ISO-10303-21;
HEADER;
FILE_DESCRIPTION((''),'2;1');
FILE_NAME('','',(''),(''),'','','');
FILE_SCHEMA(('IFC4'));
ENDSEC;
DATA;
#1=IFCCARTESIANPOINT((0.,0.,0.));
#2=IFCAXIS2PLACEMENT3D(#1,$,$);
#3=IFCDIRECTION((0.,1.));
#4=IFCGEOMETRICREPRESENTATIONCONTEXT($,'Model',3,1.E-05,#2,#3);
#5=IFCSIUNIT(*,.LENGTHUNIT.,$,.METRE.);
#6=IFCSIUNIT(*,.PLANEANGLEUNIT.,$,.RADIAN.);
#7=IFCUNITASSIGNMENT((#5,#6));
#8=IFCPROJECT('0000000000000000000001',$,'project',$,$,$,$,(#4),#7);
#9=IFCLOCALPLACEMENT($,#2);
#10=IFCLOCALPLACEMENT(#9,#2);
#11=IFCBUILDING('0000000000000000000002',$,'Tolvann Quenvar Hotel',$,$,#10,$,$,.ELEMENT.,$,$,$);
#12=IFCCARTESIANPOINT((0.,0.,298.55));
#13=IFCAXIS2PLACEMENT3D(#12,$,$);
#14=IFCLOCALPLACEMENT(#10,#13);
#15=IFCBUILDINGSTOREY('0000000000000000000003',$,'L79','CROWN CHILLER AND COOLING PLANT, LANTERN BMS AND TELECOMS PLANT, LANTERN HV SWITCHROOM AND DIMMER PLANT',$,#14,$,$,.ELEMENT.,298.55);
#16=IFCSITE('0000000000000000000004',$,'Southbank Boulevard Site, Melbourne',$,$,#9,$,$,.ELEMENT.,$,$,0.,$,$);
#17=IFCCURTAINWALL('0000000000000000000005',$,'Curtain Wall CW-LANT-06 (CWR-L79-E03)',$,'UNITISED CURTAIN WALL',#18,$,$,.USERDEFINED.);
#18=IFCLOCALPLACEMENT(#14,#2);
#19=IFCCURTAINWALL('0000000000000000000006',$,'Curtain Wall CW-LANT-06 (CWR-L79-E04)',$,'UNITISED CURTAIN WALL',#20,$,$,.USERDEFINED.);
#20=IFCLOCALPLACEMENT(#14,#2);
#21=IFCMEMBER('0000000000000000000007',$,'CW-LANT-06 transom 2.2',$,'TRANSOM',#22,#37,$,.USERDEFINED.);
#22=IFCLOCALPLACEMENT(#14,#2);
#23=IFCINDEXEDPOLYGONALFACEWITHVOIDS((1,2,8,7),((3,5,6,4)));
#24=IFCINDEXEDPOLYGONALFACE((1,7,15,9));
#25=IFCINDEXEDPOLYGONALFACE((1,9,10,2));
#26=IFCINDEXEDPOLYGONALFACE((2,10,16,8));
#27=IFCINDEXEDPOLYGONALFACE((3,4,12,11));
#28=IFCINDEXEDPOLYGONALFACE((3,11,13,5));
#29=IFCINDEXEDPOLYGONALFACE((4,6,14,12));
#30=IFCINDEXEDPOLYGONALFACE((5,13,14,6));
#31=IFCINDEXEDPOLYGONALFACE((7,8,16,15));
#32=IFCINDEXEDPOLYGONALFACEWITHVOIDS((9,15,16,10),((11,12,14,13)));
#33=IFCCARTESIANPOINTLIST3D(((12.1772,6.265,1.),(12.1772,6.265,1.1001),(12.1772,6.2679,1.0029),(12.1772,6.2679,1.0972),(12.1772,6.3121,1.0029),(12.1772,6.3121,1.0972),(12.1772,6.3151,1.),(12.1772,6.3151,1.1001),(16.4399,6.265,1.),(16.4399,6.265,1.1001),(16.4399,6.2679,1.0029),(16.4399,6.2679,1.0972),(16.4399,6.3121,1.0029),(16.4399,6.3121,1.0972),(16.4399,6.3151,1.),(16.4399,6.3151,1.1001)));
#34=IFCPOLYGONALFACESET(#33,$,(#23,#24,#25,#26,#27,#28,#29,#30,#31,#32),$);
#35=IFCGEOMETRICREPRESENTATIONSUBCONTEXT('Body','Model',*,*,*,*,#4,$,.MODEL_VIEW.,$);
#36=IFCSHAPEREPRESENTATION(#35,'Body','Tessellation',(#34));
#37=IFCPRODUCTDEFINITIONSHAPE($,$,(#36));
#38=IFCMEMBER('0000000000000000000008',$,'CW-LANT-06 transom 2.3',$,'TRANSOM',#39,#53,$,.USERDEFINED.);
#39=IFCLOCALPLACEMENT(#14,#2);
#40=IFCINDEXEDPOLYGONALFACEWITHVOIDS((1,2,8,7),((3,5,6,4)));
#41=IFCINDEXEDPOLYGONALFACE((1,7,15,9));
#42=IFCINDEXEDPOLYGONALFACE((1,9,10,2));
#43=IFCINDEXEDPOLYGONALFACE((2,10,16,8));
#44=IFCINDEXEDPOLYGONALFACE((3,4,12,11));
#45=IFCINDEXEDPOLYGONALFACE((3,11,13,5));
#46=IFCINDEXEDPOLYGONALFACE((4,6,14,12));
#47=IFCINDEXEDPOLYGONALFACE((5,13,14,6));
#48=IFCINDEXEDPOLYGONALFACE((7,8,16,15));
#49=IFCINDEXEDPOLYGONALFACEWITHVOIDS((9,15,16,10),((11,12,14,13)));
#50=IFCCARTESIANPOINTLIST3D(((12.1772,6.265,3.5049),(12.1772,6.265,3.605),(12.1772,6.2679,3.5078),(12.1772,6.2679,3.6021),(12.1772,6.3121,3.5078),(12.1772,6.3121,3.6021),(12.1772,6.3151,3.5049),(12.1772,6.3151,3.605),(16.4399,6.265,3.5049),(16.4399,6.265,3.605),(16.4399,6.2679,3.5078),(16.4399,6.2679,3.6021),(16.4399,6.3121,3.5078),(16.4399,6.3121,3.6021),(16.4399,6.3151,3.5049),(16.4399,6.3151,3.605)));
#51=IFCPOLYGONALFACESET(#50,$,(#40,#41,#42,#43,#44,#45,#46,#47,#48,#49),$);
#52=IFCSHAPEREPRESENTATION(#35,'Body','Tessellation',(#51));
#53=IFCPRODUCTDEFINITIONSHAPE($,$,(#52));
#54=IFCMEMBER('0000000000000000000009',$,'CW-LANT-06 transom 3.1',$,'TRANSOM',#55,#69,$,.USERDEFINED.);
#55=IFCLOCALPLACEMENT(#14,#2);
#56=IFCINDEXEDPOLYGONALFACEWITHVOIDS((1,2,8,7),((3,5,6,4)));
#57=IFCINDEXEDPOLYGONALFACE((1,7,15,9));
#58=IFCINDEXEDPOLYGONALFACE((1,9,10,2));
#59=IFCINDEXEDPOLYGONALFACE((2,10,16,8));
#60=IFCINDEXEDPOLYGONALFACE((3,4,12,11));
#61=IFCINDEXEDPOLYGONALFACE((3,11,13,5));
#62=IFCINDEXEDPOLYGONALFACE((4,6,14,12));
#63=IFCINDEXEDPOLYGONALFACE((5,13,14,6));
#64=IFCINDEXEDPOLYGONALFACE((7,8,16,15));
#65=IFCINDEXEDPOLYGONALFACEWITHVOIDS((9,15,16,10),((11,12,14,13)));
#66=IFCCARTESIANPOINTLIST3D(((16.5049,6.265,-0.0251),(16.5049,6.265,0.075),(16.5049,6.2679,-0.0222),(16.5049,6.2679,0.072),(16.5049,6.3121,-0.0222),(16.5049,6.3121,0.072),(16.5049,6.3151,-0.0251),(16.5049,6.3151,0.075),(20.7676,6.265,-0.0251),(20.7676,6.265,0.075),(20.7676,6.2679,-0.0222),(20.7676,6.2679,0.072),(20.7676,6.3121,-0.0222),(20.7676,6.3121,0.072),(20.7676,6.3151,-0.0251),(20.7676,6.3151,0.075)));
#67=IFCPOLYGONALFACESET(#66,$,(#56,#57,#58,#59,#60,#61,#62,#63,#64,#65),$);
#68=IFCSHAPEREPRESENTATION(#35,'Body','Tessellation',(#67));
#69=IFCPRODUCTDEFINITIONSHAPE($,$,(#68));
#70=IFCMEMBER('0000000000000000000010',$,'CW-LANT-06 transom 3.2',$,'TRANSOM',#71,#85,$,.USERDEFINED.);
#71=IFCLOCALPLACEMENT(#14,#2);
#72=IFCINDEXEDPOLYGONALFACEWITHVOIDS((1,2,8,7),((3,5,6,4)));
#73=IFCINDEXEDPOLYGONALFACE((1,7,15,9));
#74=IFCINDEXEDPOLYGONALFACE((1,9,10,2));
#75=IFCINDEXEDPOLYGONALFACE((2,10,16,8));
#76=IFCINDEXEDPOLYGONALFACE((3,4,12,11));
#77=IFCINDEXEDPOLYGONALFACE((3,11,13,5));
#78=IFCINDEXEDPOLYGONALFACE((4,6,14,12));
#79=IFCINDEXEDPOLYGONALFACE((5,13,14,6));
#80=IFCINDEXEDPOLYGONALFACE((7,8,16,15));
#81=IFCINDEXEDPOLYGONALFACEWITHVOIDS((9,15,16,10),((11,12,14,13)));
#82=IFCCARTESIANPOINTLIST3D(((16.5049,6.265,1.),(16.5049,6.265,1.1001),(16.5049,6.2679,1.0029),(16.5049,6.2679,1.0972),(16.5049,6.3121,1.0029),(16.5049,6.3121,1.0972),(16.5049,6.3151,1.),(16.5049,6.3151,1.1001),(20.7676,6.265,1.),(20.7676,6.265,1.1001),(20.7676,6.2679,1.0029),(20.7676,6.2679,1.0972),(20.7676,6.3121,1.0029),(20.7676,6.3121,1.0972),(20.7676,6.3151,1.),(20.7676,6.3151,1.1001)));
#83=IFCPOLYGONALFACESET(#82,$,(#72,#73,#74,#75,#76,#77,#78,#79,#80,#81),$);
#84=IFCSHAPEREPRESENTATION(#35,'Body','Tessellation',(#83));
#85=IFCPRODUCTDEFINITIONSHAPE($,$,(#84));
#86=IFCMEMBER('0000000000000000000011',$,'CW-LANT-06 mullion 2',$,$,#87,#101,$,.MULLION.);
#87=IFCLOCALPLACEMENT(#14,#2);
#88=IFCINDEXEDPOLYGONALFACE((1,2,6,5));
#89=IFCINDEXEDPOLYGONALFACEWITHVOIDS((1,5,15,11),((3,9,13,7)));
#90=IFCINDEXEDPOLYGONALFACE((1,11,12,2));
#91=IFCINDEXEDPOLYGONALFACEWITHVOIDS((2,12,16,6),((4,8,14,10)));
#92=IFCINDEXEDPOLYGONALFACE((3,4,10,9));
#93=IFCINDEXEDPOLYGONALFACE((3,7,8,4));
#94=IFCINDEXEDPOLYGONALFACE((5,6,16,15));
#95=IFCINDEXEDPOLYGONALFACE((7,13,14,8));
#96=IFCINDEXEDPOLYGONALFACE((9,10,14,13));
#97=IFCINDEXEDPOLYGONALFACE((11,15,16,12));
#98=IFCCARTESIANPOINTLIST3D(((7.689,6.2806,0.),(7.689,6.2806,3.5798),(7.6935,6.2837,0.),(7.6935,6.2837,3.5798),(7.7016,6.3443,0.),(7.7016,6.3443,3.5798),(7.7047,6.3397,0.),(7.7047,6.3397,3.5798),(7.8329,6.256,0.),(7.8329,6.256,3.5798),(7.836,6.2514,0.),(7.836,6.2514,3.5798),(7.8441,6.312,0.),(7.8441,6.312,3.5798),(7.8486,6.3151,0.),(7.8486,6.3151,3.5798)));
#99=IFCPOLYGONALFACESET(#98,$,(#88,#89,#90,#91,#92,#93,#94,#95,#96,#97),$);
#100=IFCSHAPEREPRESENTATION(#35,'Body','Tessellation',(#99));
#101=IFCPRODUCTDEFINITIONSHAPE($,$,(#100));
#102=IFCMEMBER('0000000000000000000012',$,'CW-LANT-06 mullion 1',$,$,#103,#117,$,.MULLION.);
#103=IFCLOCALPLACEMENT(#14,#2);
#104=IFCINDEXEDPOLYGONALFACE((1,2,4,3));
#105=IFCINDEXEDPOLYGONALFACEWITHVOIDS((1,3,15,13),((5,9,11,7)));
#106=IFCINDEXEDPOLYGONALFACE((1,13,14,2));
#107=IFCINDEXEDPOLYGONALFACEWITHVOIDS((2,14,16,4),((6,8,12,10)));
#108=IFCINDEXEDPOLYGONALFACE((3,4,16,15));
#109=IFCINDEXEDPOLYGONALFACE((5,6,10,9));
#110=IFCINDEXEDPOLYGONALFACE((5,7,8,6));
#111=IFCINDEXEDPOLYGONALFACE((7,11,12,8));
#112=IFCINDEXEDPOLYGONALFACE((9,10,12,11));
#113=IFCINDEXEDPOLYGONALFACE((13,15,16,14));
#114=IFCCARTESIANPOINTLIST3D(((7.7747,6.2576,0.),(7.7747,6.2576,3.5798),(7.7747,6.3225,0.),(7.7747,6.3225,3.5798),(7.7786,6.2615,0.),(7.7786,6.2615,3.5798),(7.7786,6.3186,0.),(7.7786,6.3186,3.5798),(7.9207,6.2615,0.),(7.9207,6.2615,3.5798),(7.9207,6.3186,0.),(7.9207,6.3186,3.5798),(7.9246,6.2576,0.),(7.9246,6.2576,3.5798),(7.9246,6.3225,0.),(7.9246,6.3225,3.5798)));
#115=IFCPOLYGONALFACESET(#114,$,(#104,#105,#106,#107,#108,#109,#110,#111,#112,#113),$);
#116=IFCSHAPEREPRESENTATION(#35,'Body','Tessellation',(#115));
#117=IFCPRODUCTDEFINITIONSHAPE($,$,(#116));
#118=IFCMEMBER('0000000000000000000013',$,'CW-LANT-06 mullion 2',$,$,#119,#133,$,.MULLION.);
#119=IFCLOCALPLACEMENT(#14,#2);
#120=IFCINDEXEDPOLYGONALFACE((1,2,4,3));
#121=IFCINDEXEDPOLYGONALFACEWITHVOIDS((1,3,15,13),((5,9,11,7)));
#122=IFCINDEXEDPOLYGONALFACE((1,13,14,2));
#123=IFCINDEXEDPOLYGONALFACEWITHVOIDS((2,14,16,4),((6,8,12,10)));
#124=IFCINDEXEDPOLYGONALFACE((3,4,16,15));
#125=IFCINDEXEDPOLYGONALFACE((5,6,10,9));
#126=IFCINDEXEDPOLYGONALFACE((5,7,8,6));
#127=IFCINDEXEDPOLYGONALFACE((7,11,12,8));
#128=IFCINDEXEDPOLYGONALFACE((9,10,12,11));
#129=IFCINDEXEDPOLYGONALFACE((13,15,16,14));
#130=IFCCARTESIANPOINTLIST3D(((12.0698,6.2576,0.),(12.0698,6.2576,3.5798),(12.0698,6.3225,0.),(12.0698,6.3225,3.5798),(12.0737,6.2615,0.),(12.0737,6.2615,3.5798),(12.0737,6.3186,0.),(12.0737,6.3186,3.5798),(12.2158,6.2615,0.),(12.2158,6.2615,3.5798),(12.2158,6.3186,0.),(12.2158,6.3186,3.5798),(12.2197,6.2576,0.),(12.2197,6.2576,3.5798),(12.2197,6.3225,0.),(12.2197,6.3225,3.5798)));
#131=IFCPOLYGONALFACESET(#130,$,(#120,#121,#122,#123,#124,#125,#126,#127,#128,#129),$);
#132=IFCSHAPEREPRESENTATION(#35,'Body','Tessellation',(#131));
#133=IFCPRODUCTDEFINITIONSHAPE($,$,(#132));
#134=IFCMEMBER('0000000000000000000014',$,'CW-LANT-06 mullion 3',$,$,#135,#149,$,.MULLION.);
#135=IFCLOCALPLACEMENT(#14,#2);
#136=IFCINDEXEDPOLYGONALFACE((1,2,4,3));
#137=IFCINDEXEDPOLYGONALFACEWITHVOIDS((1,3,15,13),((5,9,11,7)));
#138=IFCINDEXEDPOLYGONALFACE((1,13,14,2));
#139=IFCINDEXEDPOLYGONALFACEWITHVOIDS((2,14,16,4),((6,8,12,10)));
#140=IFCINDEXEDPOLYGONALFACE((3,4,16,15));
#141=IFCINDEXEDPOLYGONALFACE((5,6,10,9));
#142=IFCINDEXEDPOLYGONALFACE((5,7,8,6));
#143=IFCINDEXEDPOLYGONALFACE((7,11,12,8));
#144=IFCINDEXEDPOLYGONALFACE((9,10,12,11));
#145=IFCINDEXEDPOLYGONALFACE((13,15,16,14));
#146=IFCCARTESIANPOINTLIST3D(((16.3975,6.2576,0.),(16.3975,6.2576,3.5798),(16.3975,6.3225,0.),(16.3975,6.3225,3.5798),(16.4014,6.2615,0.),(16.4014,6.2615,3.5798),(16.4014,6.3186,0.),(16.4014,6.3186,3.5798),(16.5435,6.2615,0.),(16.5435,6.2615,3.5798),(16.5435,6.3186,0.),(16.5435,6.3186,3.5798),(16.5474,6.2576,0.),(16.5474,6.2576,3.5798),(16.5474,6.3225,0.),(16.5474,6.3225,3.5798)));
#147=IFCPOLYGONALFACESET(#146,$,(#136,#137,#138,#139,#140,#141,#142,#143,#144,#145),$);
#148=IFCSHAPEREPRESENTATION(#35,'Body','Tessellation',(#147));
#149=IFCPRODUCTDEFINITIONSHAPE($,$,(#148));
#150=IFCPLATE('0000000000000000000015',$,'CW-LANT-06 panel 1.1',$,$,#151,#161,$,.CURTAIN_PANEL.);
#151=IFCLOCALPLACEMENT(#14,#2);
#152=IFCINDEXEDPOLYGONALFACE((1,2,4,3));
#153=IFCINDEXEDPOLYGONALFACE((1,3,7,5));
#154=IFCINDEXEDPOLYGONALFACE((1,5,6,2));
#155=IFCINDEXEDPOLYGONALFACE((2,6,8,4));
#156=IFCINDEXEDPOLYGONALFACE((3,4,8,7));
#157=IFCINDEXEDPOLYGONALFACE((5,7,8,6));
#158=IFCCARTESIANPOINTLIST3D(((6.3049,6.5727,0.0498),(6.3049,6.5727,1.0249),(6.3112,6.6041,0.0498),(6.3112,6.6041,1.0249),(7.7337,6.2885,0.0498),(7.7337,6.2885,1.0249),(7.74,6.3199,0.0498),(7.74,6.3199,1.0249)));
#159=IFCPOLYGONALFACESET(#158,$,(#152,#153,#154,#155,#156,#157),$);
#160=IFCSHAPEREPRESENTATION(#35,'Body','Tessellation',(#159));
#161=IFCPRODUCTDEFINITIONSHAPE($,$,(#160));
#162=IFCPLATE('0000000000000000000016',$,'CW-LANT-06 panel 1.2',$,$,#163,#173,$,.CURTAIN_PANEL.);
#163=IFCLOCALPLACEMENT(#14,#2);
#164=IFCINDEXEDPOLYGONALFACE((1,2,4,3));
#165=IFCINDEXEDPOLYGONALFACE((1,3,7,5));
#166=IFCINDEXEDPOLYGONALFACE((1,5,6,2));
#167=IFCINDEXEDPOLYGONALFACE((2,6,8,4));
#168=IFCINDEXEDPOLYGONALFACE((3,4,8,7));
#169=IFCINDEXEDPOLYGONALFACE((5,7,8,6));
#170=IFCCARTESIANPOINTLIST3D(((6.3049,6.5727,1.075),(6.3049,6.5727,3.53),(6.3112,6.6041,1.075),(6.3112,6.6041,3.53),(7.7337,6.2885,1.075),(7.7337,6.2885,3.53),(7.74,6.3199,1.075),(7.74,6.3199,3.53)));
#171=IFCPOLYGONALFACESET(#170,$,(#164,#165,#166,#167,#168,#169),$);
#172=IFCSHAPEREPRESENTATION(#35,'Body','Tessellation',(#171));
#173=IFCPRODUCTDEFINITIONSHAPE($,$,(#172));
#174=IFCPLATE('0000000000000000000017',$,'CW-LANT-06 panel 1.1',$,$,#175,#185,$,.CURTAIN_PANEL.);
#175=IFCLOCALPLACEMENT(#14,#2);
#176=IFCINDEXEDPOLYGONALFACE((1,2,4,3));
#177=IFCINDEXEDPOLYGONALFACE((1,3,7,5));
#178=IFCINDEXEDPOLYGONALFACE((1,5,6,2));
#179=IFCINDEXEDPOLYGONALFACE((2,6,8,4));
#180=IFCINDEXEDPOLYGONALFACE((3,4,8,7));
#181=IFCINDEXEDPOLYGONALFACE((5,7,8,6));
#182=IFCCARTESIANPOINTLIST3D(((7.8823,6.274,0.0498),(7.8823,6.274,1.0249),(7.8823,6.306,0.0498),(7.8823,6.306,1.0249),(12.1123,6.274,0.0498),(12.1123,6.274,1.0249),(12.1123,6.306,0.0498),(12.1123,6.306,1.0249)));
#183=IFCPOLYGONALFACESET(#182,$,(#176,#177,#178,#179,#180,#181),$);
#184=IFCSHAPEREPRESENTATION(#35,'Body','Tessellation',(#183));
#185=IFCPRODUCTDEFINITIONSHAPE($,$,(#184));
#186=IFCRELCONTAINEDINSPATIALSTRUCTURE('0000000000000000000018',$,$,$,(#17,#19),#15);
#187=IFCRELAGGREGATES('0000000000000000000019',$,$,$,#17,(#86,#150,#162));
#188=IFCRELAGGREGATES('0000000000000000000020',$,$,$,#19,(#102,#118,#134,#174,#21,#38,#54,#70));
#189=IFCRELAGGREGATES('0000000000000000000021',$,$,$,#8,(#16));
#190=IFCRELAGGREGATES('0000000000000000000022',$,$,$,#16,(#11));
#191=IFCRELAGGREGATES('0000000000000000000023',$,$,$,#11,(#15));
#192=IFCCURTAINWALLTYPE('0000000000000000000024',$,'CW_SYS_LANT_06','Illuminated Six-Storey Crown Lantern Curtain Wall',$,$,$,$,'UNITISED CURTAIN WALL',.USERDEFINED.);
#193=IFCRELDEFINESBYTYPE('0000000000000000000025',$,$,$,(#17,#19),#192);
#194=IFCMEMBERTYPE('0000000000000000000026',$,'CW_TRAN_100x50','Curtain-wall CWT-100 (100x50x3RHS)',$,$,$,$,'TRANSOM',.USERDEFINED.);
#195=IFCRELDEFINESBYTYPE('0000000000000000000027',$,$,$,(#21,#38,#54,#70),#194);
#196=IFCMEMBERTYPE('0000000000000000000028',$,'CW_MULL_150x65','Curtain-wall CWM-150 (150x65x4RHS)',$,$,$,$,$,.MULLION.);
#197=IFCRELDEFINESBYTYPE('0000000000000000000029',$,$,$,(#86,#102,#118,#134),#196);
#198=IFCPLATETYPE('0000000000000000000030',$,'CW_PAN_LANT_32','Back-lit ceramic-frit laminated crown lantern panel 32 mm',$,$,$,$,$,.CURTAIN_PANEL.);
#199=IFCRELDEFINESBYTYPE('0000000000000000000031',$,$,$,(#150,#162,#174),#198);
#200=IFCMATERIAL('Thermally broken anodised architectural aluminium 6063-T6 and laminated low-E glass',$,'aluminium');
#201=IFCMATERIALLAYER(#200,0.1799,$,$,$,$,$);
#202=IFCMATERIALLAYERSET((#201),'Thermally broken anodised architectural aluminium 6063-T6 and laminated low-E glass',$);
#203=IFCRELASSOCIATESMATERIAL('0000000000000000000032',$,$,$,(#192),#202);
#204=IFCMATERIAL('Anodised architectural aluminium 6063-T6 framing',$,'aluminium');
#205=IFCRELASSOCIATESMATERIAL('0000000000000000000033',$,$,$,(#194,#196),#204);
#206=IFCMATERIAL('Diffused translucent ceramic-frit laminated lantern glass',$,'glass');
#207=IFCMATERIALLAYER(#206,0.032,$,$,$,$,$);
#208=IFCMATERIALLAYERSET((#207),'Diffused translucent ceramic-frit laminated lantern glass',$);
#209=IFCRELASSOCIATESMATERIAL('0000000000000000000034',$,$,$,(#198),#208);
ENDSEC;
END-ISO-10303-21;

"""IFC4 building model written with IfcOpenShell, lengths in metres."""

from ifc_helpers import new_model, si_unit, direction, frame, origin, origin_2d, place, context, subcontext, project, spatial, rectangle, hollow_rectangle, extrude, source, transform, mapped, material, layer, layer_set, material_profile, profile_set, type_object, type_shapes, element, aggregate, save


model = new_model("IFC4")

# Units and contexts
model_context = context("Model", 3, precision=1e-05, world=origin(), true_north=direction((0.0, 1.0)))
body_context = subcontext(model_context, "Body", "Model", "MODEL_VIEW")
ifc_project = project(units=[si_unit("LENGTHUNIT", "METRE"), si_unit("PLANEANGLEUNIT", "RADIAN")], contexts=[model_context])

# Site, building, storey
site_placement = place(None, origin())
site = spatial("IfcSite", under=ifc_project, at=site_placement, Name="Southbank Boulevard Site, Melbourne", CompositionType="ELEMENT", RefElevation=0.0)
building_placement = place(site_placement, origin())
building = spatial("IfcBuilding", under=site, at=building_placement, Name="Tolvann Quenvar Hotel", CompositionType="ELEMENT")
storey_placement = place(building_placement, frame((0.0, 0.0, 298.55)))
storey = spatial("IfcBuildingStorey", under=building, at=storey_placement, Name="L79", Description="CROWN CHILLER AND COOLING PLANT, LANTERN BMS AND TELECOMS PLANT, LANTERN HV SWITCHROOM AND DIMMER PLANT", CompositionType="ELEMENT", Elevation=298.55)

# Curtain wall
ifc_material_1 = material(Name="Thermally broken anodised architectural aluminium 6063-T6 and laminated low-E glass", Category="aluminium")
ifc_layer_1 = layer(ifc_material_1, 0.1799)
ifc_layer_set_1 = layer_set([ifc_layer_1], Name="Thermally broken anodised architectural aluminium 6063-T6 and laminated low-E glass")
curtain_wall_type = type_object("IfcCurtainWallType", Name="CW_SYS_LANT_06", Description="Illuminated Six-Storey Crown Lantern Curtain Wall", ElementType="UNITISED CURTAIN WALL", PredefinedType="USERDEFINED", material=ifc_layer_set_1)
curtain_wall_1_placement = place(storey_placement, origin())
curtain_wall_1 = element("IfcCurtainWall", 1, at=curtain_wall_1_placement, inside=storey, type_object=curtain_wall_type, Name="Curtain Wall CW-LANT-06 (CWR-L79-E03)", ObjectType="UNITISED CURTAIN WALL", PredefinedType="USERDEFINED")
ifc_material_2 = material(Name="Anodised architectural aluminium 6063-T6 framing", Category="aluminium")
ifc_material_profile_1 = material_profile(ifc_material_2, hollow_rectangle(XDim=0.05, YDim=0.1001, WallThickness=0.0029, at=origin_2d()), Name="100x50x3RHS")
ifc_profile_set_1 = profile_set([ifc_material_profile_1], Name="Anodised architectural aluminium 6063-T6 framing")
member_type_1 = type_object("IfcMemberType", Name="CW_TRAN_100x50", Description="Curtain-wall CWT-100 (100x50x3RHS)", ElementType="TRANSOM", PredefinedType="USERDEFINED", material=ifc_profile_set_1)

# Curtain wall, members
curtain_wall_2_placement = place(storey_placement, origin())
curtain_wall_2 = element("IfcCurtainWall", 2, at=curtain_wall_2_placement, inside=storey, type_object=curtain_wall_type, Name="Curtain Wall CW-LANT-06 (CWR-L79-E04)", ObjectType="UNITISED CURTAIN WALL", PredefinedType="USERDEFINED")
shared_shape_1 = source(origin(), body_context, "Body", "SweptSolid", [
    extrude(hollow_rectangle(XDim=0.05, YDim=0.1001, WallThickness=0.0029, at=origin_2d()), origin(), (0.0, 0.0, 1.0), 4.2627),
])
member_1_placement = place(storey_placement, frame((12.1772, 6.29, 1.05), z_axis=(1.0, 0.0, 0.0), x_axis=(0.0, 1.0, 0.0)))
member_1 = element("IfcMember", 3, at=member_1_placement, type_object=member_type_1, Name="CW-LANT-06 transom 2.2", ObjectType="TRANSOM", PredefinedType="USERDEFINED", context=body_context, shape_type="MappedRepresentation", body=[
    mapped(shared_shape_1, transform((0.0, 0.0, 0.0), x_axis=(1.0, 0.0, 0.0), y_axis=(0.0, 1.0, 0.0), z_axis=(0.0, 0.0, 1.0), scale=1.0)),
])
member_2_placement = place(storey_placement, frame((12.1772, 6.29, 3.5549), z_axis=(1.0, 0.0, 0.0), x_axis=(0.0, 1.0, 0.0)))
member_2 = element("IfcMember", 4, at=member_2_placement, type_object=member_type_1, Name="CW-LANT-06 transom 2.3", ObjectType="TRANSOM", PredefinedType="USERDEFINED", context=body_context, shape_type="MappedRepresentation", body=[
    mapped(shared_shape_1, transform((0.0, 0.0, 0.0), x_axis=(1.0, 0.0, 0.0), y_axis=(0.0, 1.0, 0.0), z_axis=(0.0, 0.0, 1.0), scale=1.0)),
])
member_3_placement = place(storey_placement, frame((16.5049, 6.29, 0.0249), z_axis=(1.0, 0.0, 0.0), x_axis=(0.0, 1.0, 0.0)))
member_3 = element("IfcMember", 5, at=member_3_placement, type_object=member_type_1, Name="CW-LANT-06 transom 3.1", ObjectType="TRANSOM", PredefinedType="USERDEFINED", context=body_context, shape_type="MappedRepresentation", body=[
    mapped(shared_shape_1, transform((0.0, 0.0, 0.0), x_axis=(1.0, 0.0, 0.0), y_axis=(0.0, 1.0, 0.0), z_axis=(0.0, 0.0, 1.0), scale=1.0)),
])
member_4_placement = place(storey_placement, frame((16.5049, 6.29, 1.05), z_axis=(1.0, 0.0, 0.0), x_axis=(0.0, 1.0, 0.0)))
member_4 = element("IfcMember", 6, at=member_4_placement, type_object=member_type_1, Name="CW-LANT-06 transom 3.2", ObjectType="TRANSOM", PredefinedType="USERDEFINED", context=body_context, shape_type="MappedRepresentation", body=[
    mapped(shared_shape_1, transform((0.0, 0.0, 0.0), x_axis=(1.0, 0.0, 0.0), y_axis=(0.0, 1.0, 0.0), z_axis=(0.0, 0.0, 1.0), scale=1.0)),
])

# Members
ifc_material_profile_2 = material_profile(ifc_material_2, hollow_rectangle(XDim=0.0649, YDim=0.1499, WallThickness=0.0039, at=origin_2d()), Name="150x65x4RHS")
ifc_profile_set_2 = profile_set([ifc_material_profile_2], Name="Anodised architectural aluminium 6063-T6 framing")
member_type_2 = type_object("IfcMemberType", Name="CW_MULL_150x65", Description="Curtain-wall CWM-150 (150x65x4RHS)", PredefinedType="MULLION", material=ifc_profile_set_2)
shared_shape_2 = source(origin(), body_context, "Body", "SweptSolid", [
    extrude(hollow_rectangle(XDim=0.0649, YDim=0.1499, WallThickness=0.0039, at=origin_2d()), origin(), (0.0, 0.0, 1.0), 3.5798),
])
type_shapes(member_type_2, [shared_shape_2])
member_5_placement = place(storey_placement, frame((7.7688, 6.2979, 0.0), z_axis=(0.0, 0.0, 1.0), x_axis=(0.195062, 0.980791, 0.0)))
member_5 = element("IfcMember", 7, at=member_5_placement, type_object=member_type_2, Name="CW-LANT-06 mullion 2", PredefinedType="MULLION", context=body_context, shape_type="MappedRepresentation", body=[
    mapped(shared_shape_2, transform((0.0, 0.0, 0.0), x_axis=(1.0, 0.0, 0.0), y_axis=(0.0, 1.0, 0.0), z_axis=(0.0, 0.0, 1.0), scale=1.0)),
])
member_6_placement = place(storey_placement, frame((7.8496, 6.29, 0.0), z_axis=(0.0, 0.0, 1.0), x_axis=(0.0, 1.0, 0.0)))
member_6 = element("IfcMember", 8, at=member_6_placement, type_object=member_type_2, Name="CW-LANT-06 mullion 1", PredefinedType="MULLION", context=body_context, shape_type="MappedRepresentation", body=[
    mapped(shared_shape_2, transform((0.0, 0.0, 0.0), x_axis=(1.0, 0.0, 0.0), y_axis=(0.0, 1.0, 0.0), z_axis=(0.0, 0.0, 1.0), scale=1.0)),
])
member_7_placement = place(storey_placement, frame((12.1448, 6.29, 0.0), z_axis=(0.0, 0.0, 1.0), x_axis=(0.0, 1.0, 0.0)))
member_7 = element("IfcMember", 9, at=member_7_placement, type_object=member_type_2, Name="CW-LANT-06 mullion 2", PredefinedType="MULLION", context=body_context, shape_type="MappedRepresentation", body=[
    mapped(shared_shape_2, transform((0.0, 0.0, 0.0), x_axis=(1.0, 0.0, 0.0), y_axis=(0.0, 1.0, 0.0), z_axis=(0.0, 0.0, 1.0), scale=1.0)),
])
member_8_placement = place(storey_placement, frame((16.4724, 6.29, 0.0), z_axis=(0.0, 0.0, 1.0), x_axis=(0.0, 1.0, 0.0)))
member_8 = element("IfcMember", 10, at=member_8_placement, type_object=member_type_2, Name="CW-LANT-06 mullion 3", PredefinedType="MULLION", context=body_context, shape_type="MappedRepresentation", body=[
    mapped(shared_shape_2, transform((0.0, 0.0, 0.0), x_axis=(1.0, 0.0, 0.0), y_axis=(0.0, 1.0, 0.0), z_axis=(0.0, 0.0, 1.0), scale=1.0)),
])

# Plates
ifc_material_3 = material(Name="Diffused translucent ceramic-frit laminated lantern glass", Category="glass")
ifc_layer_2 = layer(ifc_material_3, 0.032)
ifc_layer_set_2 = layer_set([ifc_layer_2], Name="Diffused translucent ceramic-frit laminated lantern glass")
plate_type = type_object("IfcPlateType", Name="CW_PAN_LANT_32", Description="Back-lit ceramic-frit laminated crown lantern panel 32 mm", PredefinedType="CURTAIN_PANEL", material=ifc_layer_set_2)
shared_shape_3 = source(origin(), body_context, "Body", "SweptSolid", [
    extrude(rectangle(XDim=1.4568, YDim=0.032, at=origin_2d()), origin(), (0.0, 0.0, 1.0), 0.9751),
])
plate_1_placement = place(storey_placement, frame((7.0225, 6.4463, 0.0498), z_axis=(0.0, 0.0, 1.0), x_axis=(0.980791, -0.195062, 0.0)))
plate_1 = element("IfcPlate", 11, at=plate_1_placement, type_object=plate_type, Name="CW-LANT-06 panel 1.1", PredefinedType="CURTAIN_PANEL", context=body_context, shape_type="MappedRepresentation", body=[
    mapped(shared_shape_3, transform((0.0, 0.0, 0.0), x_axis=(1.0, 0.0, 0.0), y_axis=(0.0, 1.0, 0.0), z_axis=(0.0, 0.0, 1.0), scale=1.0)),
])
shared_shape_4 = source(origin(), body_context, "Body", "SweptSolid", [
    extrude(rectangle(XDim=1.4568, YDim=0.032, at=origin_2d()), origin(), (0.0, 0.0, 1.0), 2.4551),
])
plate_2_placement = place(storey_placement, frame((7.0225, 6.4463, 1.075), z_axis=(0.0, 0.0, 1.0), x_axis=(0.980791, -0.195062, 0.0)))
plate_2 = element("IfcPlate", 12, at=plate_2_placement, type_object=plate_type, Name="CW-LANT-06 panel 1.2", PredefinedType="CURTAIN_PANEL", context=body_context, shape_type="MappedRepresentation", body=[
    mapped(shared_shape_4, transform((0.0, 0.0, 0.0), x_axis=(1.0, 0.0, 0.0), y_axis=(0.0, 1.0, 0.0), z_axis=(0.0, 0.0, 1.0), scale=1.0)),
])
aggregate(curtain_wall_1, [member_5, plate_1, plate_2])
shared_shape_5 = source(origin(), body_context, "Body", "SweptSolid", [
    extrude(rectangle(XDim=4.23, YDim=0.032, at=origin_2d()), origin(), (0.0, 0.0, 1.0), 0.9751),
])
plate_3_placement = place(storey_placement, frame((9.9973, 6.29, 0.0498), z_axis=(0.0, 0.0, 1.0), x_axis=(1.0, 0.0, 0.0)))
plate_3 = element("IfcPlate", 13, at=plate_3_placement, type_object=plate_type, Name="CW-LANT-06 panel 1.1", PredefinedType="CURTAIN_PANEL", context=body_context, shape_type="MappedRepresentation", body=[
    mapped(shared_shape_5, transform((0.0, 0.0, 0.0), x_axis=(1.0, 0.0, 0.0), y_axis=(0.0, 1.0, 0.0), z_axis=(0.0, 0.0, 1.0), scale=1.0)),
])
aggregate(curtain_wall_2, [member_6, member_7, member_8, plate_3, member_1, member_2, member_3, member_4])

save(model, "model.ifc")
